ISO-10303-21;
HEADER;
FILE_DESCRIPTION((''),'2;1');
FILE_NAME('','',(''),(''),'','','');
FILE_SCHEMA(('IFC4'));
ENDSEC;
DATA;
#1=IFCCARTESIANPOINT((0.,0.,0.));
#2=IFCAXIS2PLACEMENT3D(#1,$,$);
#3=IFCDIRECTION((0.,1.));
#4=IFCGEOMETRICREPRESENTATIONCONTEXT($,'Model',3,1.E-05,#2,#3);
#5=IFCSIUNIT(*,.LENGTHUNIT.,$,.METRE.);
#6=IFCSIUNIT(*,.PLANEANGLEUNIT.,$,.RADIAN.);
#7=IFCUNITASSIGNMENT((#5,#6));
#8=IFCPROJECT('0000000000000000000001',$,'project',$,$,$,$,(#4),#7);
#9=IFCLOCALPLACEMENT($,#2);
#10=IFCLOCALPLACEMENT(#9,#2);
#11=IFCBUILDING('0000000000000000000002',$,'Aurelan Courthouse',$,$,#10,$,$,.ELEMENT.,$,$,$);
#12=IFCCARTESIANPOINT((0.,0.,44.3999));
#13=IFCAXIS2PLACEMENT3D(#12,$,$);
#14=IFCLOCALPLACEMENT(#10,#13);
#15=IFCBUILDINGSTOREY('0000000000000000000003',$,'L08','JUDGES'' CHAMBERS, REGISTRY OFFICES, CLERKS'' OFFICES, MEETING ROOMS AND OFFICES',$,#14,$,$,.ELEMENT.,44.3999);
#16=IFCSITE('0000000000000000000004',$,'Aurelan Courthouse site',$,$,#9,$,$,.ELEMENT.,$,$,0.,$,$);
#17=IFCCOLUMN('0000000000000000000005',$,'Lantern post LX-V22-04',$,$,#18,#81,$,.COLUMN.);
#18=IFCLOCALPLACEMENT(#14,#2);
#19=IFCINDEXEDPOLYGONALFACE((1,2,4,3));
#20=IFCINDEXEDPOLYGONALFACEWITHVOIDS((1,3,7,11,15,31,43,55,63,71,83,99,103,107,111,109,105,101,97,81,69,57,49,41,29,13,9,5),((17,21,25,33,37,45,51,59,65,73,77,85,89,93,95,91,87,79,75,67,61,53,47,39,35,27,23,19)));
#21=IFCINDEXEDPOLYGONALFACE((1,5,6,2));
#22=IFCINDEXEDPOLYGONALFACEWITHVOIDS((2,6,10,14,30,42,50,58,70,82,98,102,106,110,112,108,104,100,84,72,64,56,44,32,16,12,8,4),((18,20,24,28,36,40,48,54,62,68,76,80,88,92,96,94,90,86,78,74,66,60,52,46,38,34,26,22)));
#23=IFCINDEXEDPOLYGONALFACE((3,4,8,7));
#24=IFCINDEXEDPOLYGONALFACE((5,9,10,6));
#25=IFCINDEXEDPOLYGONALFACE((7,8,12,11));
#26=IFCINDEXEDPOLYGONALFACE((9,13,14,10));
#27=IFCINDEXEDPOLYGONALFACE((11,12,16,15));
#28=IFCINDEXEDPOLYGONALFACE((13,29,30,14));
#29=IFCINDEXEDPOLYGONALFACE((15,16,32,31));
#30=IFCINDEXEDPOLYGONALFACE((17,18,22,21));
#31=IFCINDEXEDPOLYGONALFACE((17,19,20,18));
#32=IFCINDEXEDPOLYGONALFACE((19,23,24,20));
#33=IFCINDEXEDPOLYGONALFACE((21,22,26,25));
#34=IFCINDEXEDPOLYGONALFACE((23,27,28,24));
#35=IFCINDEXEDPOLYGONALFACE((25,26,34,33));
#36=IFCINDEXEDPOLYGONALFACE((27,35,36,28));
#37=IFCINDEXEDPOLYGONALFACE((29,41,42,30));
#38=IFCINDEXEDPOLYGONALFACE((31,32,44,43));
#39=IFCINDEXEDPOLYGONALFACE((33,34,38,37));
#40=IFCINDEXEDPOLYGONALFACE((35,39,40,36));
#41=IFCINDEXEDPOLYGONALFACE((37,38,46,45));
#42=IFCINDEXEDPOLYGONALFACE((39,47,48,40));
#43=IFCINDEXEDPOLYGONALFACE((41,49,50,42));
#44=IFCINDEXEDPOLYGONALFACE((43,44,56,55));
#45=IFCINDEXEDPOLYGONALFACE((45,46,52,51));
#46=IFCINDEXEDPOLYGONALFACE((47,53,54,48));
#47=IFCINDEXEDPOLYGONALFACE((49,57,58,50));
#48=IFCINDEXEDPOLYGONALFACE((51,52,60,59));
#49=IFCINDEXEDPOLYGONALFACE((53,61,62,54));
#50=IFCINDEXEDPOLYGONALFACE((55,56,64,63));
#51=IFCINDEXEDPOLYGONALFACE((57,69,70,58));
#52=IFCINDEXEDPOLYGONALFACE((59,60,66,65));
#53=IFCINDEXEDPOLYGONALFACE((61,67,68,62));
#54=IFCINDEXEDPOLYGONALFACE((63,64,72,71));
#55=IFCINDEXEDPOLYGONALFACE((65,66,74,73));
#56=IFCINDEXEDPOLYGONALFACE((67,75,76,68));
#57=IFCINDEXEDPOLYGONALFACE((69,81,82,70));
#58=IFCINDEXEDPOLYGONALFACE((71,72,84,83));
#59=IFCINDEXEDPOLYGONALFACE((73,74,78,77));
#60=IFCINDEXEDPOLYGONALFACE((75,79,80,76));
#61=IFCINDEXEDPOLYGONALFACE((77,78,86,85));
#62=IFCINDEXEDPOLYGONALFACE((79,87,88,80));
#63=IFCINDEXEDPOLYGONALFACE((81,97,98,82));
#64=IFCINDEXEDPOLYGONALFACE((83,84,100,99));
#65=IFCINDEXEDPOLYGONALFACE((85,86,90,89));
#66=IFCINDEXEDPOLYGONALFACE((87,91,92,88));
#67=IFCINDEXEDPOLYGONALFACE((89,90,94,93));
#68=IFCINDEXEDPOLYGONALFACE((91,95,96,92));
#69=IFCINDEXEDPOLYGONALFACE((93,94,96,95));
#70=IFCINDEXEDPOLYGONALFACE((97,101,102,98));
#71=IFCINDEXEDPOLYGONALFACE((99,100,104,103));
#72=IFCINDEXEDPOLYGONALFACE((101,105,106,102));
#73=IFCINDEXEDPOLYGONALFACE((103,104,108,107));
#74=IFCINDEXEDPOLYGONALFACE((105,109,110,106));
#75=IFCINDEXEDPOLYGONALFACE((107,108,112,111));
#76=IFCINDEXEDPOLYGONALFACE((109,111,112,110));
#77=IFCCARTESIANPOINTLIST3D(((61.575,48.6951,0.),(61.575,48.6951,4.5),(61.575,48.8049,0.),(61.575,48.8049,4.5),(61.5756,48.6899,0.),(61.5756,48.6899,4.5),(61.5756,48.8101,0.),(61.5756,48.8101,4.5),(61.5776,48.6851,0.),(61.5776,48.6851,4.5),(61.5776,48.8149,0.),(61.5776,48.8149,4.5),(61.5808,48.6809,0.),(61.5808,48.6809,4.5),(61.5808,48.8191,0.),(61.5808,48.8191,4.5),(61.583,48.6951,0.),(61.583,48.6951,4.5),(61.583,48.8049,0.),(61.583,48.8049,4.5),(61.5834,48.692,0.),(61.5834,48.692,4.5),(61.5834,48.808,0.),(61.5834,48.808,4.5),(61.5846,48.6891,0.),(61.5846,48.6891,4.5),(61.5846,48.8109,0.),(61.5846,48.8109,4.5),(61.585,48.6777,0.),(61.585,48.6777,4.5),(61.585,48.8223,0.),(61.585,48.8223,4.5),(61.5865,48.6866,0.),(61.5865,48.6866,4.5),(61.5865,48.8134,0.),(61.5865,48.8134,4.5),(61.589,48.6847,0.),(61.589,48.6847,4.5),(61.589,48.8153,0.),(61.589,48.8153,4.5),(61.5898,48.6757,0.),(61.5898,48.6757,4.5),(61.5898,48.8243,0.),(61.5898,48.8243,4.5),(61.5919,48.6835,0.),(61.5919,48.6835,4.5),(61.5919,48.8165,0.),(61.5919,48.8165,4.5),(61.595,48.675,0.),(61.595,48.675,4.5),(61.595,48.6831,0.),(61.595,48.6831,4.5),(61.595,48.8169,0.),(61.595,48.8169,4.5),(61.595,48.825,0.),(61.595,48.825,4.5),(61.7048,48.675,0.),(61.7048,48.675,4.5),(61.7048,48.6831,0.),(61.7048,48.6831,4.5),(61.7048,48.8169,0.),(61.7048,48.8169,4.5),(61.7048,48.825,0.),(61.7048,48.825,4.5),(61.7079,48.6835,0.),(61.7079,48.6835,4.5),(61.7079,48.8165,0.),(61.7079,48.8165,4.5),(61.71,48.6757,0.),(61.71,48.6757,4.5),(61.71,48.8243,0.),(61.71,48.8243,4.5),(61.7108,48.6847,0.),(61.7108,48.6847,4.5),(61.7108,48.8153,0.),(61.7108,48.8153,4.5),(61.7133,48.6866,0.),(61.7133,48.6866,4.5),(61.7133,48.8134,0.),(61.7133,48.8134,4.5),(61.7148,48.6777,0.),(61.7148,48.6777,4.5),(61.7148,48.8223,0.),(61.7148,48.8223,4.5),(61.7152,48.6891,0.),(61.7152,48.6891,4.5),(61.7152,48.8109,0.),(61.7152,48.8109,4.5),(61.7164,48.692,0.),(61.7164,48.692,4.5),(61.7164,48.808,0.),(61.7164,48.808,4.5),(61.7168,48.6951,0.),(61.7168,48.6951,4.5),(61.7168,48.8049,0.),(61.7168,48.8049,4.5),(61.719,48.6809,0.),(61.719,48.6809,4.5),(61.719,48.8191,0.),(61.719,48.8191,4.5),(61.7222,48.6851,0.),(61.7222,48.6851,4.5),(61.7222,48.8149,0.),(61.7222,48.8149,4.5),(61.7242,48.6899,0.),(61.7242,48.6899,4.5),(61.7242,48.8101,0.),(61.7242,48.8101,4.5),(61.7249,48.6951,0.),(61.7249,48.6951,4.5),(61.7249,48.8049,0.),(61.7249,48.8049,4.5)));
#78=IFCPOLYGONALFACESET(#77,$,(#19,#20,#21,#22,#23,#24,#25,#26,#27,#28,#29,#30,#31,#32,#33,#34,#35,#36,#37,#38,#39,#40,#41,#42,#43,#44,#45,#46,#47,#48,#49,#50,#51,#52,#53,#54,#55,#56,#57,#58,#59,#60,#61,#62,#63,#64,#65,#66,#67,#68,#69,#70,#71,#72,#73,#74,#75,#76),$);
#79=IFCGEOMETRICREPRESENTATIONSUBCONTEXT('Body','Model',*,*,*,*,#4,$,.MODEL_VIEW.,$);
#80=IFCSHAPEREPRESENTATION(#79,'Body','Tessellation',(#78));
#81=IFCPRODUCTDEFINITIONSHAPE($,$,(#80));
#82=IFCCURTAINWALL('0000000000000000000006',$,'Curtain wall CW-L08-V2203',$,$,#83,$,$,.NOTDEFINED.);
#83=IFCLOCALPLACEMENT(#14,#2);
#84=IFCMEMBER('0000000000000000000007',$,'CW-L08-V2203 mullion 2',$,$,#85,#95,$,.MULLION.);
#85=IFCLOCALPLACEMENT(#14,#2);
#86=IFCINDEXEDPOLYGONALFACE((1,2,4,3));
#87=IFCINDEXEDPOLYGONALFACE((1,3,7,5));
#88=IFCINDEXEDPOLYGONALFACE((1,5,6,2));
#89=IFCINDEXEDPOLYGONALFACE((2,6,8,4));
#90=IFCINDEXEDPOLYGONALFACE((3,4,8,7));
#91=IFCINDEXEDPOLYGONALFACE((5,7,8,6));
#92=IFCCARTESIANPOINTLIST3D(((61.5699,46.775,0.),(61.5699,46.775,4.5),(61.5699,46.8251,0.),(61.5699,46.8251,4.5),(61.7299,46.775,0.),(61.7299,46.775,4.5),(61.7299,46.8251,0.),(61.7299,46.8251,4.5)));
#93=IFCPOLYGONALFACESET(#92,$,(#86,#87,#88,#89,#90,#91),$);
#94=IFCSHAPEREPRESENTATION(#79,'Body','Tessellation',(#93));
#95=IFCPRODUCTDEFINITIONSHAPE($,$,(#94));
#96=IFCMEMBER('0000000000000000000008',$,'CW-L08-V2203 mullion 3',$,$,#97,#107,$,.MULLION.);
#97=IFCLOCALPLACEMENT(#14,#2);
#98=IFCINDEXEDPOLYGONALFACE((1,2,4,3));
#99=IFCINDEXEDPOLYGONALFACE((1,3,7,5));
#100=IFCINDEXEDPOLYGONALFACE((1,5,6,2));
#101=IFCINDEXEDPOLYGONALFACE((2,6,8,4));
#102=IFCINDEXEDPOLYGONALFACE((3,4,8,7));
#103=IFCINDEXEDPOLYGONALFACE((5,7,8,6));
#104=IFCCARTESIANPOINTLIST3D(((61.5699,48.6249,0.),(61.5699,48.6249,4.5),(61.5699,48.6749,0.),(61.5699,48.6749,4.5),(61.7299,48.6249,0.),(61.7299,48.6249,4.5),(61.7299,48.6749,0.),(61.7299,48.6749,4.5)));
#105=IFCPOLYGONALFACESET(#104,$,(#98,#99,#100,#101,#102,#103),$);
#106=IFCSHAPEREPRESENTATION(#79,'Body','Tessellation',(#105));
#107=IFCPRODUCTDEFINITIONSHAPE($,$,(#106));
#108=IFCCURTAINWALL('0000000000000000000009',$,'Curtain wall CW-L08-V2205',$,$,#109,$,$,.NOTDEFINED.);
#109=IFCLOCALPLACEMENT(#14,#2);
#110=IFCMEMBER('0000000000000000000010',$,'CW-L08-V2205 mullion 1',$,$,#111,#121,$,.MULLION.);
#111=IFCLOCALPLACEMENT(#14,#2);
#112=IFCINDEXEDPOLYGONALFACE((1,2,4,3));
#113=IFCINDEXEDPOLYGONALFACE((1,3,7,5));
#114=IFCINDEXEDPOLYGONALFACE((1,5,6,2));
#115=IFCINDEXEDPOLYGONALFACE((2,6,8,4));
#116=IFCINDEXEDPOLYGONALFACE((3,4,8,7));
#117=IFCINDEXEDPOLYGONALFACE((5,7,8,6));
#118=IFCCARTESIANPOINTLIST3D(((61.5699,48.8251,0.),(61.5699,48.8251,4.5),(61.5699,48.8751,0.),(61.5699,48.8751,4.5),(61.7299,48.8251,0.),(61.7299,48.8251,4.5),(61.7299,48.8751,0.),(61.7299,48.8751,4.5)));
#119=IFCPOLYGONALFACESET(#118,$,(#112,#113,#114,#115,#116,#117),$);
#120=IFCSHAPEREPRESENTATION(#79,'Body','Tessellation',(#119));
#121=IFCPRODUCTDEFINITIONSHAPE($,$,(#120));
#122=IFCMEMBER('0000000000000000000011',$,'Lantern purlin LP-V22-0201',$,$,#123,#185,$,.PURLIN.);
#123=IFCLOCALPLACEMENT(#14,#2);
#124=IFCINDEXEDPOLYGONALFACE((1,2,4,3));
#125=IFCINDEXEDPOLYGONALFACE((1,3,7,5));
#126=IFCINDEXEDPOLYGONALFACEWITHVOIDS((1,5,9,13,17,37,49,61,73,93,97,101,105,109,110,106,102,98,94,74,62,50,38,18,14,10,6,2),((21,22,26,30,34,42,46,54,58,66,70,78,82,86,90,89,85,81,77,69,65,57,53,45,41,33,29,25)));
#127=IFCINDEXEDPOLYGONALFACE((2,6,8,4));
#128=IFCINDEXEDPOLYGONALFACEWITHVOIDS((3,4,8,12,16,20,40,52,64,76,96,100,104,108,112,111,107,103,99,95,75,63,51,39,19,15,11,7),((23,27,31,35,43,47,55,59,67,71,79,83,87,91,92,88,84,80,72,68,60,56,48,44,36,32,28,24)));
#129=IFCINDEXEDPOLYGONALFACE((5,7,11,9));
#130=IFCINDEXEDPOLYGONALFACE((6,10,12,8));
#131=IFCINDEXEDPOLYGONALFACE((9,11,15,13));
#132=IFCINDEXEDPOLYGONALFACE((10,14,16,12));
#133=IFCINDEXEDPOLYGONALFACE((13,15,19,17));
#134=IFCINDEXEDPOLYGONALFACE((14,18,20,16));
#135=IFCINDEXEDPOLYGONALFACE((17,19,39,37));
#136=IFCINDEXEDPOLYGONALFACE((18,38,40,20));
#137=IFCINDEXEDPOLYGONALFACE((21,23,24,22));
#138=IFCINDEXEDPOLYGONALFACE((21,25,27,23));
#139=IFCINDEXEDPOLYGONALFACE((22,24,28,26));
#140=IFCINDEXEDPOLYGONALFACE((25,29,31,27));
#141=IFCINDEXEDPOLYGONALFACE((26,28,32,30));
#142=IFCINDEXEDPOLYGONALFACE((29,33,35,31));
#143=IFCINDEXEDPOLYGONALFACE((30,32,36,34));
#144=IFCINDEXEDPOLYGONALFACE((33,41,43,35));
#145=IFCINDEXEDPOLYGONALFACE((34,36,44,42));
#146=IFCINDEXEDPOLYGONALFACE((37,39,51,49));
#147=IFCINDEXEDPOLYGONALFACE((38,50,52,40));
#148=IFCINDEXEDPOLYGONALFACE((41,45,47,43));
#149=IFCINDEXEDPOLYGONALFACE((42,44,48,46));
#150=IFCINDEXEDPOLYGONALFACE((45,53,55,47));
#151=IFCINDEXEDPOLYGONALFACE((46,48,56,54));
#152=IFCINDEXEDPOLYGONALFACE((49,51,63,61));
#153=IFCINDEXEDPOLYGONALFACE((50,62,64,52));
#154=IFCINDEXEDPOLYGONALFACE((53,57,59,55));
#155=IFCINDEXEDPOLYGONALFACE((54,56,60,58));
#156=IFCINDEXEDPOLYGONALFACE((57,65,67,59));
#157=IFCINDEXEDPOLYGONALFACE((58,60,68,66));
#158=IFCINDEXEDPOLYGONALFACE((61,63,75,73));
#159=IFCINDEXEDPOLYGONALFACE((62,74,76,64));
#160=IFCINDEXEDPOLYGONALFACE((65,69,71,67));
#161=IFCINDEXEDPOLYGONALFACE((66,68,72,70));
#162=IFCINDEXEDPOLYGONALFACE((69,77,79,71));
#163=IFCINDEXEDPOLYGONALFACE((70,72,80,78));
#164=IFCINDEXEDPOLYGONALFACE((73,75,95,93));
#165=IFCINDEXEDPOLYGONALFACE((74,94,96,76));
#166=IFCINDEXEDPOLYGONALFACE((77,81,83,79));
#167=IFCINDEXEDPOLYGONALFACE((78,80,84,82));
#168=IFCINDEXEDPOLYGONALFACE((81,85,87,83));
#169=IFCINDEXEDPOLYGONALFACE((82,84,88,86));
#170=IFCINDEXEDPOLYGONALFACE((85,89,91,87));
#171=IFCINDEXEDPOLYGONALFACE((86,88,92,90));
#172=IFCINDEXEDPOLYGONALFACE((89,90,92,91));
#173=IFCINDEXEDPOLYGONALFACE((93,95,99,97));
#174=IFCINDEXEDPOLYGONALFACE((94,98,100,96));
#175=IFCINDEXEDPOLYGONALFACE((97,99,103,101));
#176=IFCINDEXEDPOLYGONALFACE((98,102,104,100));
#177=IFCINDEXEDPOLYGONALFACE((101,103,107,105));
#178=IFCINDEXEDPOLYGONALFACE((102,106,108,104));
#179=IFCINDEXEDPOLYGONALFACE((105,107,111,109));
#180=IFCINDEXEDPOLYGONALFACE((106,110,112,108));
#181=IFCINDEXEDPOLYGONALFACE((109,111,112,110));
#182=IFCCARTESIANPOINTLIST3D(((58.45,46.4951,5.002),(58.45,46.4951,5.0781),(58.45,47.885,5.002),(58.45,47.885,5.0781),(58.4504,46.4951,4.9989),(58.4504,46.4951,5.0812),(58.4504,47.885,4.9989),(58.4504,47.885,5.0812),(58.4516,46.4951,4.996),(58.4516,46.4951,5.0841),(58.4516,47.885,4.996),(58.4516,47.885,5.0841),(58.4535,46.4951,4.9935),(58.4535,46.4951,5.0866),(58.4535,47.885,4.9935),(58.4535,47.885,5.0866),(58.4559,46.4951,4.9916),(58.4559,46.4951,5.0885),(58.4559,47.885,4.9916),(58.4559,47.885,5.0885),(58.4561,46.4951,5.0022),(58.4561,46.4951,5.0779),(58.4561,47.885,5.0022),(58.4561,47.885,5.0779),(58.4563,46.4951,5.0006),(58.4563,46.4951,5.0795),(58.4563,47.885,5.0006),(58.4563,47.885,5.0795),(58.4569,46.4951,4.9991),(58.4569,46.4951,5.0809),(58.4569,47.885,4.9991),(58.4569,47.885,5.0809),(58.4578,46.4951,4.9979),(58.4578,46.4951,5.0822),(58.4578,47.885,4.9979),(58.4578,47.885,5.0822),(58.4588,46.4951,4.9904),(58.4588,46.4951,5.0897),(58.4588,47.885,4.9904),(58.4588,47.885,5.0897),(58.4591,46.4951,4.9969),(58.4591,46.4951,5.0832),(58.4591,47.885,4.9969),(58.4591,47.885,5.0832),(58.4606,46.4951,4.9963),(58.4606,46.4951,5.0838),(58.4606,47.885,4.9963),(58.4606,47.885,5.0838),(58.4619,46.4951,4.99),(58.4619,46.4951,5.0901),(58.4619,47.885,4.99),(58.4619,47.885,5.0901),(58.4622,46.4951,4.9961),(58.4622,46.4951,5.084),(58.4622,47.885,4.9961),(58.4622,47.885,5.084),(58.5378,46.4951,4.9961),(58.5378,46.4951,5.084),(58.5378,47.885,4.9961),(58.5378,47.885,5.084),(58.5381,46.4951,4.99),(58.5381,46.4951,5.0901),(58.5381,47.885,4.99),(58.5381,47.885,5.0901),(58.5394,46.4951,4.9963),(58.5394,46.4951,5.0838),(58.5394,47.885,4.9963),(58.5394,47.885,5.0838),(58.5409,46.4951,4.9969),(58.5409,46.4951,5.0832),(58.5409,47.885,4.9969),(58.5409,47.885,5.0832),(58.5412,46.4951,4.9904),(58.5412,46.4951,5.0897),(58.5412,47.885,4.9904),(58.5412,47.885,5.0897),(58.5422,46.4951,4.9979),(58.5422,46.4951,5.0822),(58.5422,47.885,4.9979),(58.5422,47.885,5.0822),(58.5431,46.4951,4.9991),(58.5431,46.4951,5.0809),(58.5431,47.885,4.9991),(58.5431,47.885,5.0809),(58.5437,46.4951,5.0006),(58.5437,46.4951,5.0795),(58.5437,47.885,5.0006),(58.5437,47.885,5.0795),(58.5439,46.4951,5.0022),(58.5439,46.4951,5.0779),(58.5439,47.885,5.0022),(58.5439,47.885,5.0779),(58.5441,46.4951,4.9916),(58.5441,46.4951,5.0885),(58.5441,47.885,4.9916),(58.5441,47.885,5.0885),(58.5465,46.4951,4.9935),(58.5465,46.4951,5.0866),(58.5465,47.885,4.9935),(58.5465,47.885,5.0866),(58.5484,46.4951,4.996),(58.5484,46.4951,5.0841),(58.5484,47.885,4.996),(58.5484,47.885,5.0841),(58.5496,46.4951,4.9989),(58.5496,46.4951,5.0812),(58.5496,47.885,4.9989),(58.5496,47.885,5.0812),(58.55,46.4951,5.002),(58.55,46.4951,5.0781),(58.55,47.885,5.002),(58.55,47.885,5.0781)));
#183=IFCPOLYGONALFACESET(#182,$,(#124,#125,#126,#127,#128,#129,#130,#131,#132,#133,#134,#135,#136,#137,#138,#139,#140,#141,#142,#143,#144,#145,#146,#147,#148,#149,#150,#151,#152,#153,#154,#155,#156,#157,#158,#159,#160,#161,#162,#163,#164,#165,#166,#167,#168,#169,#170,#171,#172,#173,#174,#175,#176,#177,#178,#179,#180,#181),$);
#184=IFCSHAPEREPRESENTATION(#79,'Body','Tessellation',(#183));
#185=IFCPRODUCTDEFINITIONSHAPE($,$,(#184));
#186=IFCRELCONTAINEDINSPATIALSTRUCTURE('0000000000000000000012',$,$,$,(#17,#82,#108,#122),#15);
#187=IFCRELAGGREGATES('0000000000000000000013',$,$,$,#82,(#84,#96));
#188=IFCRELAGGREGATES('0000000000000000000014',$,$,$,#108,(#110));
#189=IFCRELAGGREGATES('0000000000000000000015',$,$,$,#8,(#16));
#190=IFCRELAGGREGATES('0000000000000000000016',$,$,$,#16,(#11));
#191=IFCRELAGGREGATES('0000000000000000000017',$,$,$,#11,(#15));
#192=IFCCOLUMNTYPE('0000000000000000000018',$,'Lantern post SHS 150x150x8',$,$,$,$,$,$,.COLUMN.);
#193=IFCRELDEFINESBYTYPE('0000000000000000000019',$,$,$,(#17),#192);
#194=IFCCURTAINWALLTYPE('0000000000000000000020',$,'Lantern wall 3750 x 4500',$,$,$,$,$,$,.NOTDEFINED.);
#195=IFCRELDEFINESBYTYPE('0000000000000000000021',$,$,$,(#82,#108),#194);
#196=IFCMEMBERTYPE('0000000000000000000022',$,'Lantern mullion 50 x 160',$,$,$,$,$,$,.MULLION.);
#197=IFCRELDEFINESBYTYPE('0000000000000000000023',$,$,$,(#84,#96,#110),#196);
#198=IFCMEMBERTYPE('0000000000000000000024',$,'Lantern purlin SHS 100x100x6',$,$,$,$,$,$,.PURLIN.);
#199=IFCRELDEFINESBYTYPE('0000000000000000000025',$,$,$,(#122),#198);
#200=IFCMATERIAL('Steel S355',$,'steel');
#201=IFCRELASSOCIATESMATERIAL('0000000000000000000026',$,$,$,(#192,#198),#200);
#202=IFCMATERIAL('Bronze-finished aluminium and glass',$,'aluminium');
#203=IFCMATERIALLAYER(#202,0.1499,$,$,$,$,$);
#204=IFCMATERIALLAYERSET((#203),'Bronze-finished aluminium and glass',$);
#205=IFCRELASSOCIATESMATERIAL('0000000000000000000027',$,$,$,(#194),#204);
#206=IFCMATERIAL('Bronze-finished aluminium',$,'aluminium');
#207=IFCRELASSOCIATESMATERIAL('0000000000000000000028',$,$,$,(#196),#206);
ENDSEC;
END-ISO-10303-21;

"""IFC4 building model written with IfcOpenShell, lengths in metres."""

from ifc_helpers import new_model, si_unit, direction, frame, origin, origin_2d, place, context, subcontext, project, spatial, rectangle, hollow_rectangle, extrude, material, layer, layer_set, material_profile, profile_set, type_object, element, aggregate, save


model = new_model("IFC4")

# Units and contexts
model_context = context("Model", 3, precision=1e-05, world=origin(), true_north=direction((0.0, 1.0)))
body_context = subcontext(model_context, "Body", "Model", "MODEL_VIEW")
ifc_project = project(units=[si_unit("LENGTHUNIT", "METRE"), si_unit("PLANEANGLEUNIT", "RADIAN")], contexts=[model_context])

# Site, building, storey
site_placement = place(None, origin())
site = spatial("IfcSite", under=ifc_project, at=site_placement, Name="Aurelan Courthouse site", CompositionType="ELEMENT", RefElevation=0.0)
building_placement = place(site_placement, origin())
building = spatial("IfcBuilding", under=site, at=building_placement, Name="Aurelan Courthouse", CompositionType="ELEMENT")
storey_placement = place(building_placement, frame((0.0, 0.0, 44.3999)))
storey = spatial("IfcBuildingStorey", under=building, at=storey_placement, Name="L08", Description="JUDGES' CHAMBERS, REGISTRY OFFICES, CLERKS' OFFICES, MEETING ROOMS AND OFFICES", CompositionType="ELEMENT", Elevation=44.3999)

# Column
ifc_material_1 = material(Name="Steel S355", Category="steel")
ifc_material_profile_1 = material_profile(ifc_material_1, hollow_rectangle(XDim=0.1499, YDim=0.1499, WallThickness=0.0081, InnerFilletRadius=0.012, OuterFilletRadius=0.02, at=origin_2d()), Name="SHS 150x150x8")
ifc_profile_set_1 = profile_set([ifc_material_profile_1], Name="Steel S355")
column_type = type_object("IfcColumnType", Name="Lantern post SHS 150x150x8", PredefinedType="COLUMN", material=ifc_profile_set_1)
column_placement = place(storey_placement, frame((61.6499, 48.75, 0.0), z_axis=(0.0, 0.0, 1.0), x_axis=(1.0, 0.0, 0.0)))
element("IfcColumn", 1, at=column_placement, inside=storey, type_object=column_type, Name="Lantern post LX-V22-04", PredefinedType="COLUMN", context=body_context, shape_type="SweptSolid", body=[
    extrude(hollow_rectangle(XDim=0.1499, YDim=0.1499, WallThickness=0.0081, InnerFilletRadius=0.012, OuterFilletRadius=0.02, at=origin_2d()), origin(), (0.0, 0.0, 1.0), 4.5),
])

# Curtain wall, members
ifc_material_2 = material(Name="Bronze-finished aluminium and glass", Category="aluminium")
ifc_layer_1 = layer(ifc_material_2, 0.1499)
ifc_layer_set_1 = layer_set([ifc_layer_1], Name="Bronze-finished aluminium and glass")
curtain_wall_type = type_object("IfcCurtainWallType", Name="Lantern wall 3750 x 4500", PredefinedType="NOTDEFINED", material=ifc_layer_set_1)
curtain_wall_1_placement = place(storey_placement, origin())
curtain_wall_1 = element("IfcCurtainWall", 2, at=curtain_wall_1_placement, inside=storey, type_object=curtain_wall_type, Name="Curtain wall CW-L08-V2203", PredefinedType="NOTDEFINED")
ifc_material_3 = material(Name="Bronze-finished aluminium", Category="aluminium")
ifc_material_profile_2 = material_profile(ifc_material_3, rectangle(XDim=0.1599, YDim=0.05, at=origin_2d()), Name="Lantern mullion 50 x 160")
ifc_profile_set_2 = profile_set([ifc_material_profile_2], Name="Bronze-finished aluminium")
member_type_1 = type_object("IfcMemberType", Name="Lantern mullion 50 x 160", PredefinedType="MULLION", material=ifc_profile_set_2)
member_1_placement = place(storey_placement, frame((61.6499, 46.8, 0.0), z_axis=(0.0, 0.0, 1.0), x_axis=(-1.0, 0.0, 0.0)))
member_1 = element("IfcMember", 3, at=member_1_placement, type_object=member_type_1, Name="CW-L08-V2203 mullion 2", PredefinedType="MULLION", context=body_context, shape_type="SweptSolid", body=[
    extrude(rectangle(XDim=0.1599, YDim=0.05, at=origin_2d()), origin(), (0.0, 0.0, 1.0), 4.5),
])
member_2_placement = place(storey_placement, frame((61.6499, 48.6499, 0.0), z_axis=(0.0, 0.0, 1.0), x_axis=(-1.0, 0.0, 0.0)))
member_2 = element("IfcMember", 4, at=member_2_placement, type_object=member_type_1, Name="CW-L08-V2203 mullion 3", PredefinedType="MULLION", context=body_context, shape_type="SweptSolid", body=[
    extrude(rectangle(XDim=0.1599, YDim=0.05, at=origin_2d()), origin(), (0.0, 0.0, 1.0), 4.5),
])

# Curtain wall, member
curtain_wall_2_placement = place(storey_placement, origin())
curtain_wall_2 = element("IfcCurtainWall", 5, at=curtain_wall_2_placement, inside=storey, type_object=curtain_wall_type, Name="Curtain wall CW-L08-V2205", PredefinedType="NOTDEFINED")
member_3_placement = place(storey_placement, frame((61.6499, 48.8501, 0.0), z_axis=(0.0, 0.0, 1.0), x_axis=(-1.0, 0.0, 0.0)))
member_3 = element("IfcMember", 6, at=member_3_placement, type_object=member_type_1, Name="CW-L08-V2205 mullion 1", PredefinedType="MULLION", context=body_context, shape_type="SweptSolid", body=[
    extrude(rectangle(XDim=0.1599, YDim=0.05, at=origin_2d()), origin(), (0.0, 0.0, 1.0), 4.5),
])

# Member
ifc_material_profile_3 = material_profile(ifc_material_1, hollow_rectangle(XDim=0.1001, YDim=0.1001, WallThickness=0.0061, InnerFilletRadius=0.0061, OuterFilletRadius=0.012, at=origin_2d()), Name="SHS 100x100x6")
ifc_profile_set_3 = profile_set([ifc_material_profile_3], Name="Steel S355")
member_type_2 = type_object("IfcMemberType", Name="Lantern purlin SHS 100x100x6", PredefinedType="PURLIN", material=ifc_profile_set_3)
member_4_placement = place(storey_placement, frame((58.5, 46.4951, 5.04), z_axis=(0.0, 1.0, 0.0), x_axis=(-1.0, 0.0, 0.0)))
element("IfcMember", 7, at=member_4_placement, inside=storey, type_object=member_type_2, Name="Lantern purlin LP-V22-0201", PredefinedType="PURLIN", context=body_context, shape_type="SweptSolid", body=[
    extrude(hollow_rectangle(XDim=0.1001, YDim=0.1001, WallThickness=0.0061, InnerFilletRadius=0.0061, OuterFilletRadius=0.012, at=origin_2d()), origin(), (0.0, 0.0, 1.0), 1.3899),
])

aggregate(curtain_wall_1, [member_1, member_2])
aggregate(curtain_wall_2, [member_3])

save(model, "model.ifc")
